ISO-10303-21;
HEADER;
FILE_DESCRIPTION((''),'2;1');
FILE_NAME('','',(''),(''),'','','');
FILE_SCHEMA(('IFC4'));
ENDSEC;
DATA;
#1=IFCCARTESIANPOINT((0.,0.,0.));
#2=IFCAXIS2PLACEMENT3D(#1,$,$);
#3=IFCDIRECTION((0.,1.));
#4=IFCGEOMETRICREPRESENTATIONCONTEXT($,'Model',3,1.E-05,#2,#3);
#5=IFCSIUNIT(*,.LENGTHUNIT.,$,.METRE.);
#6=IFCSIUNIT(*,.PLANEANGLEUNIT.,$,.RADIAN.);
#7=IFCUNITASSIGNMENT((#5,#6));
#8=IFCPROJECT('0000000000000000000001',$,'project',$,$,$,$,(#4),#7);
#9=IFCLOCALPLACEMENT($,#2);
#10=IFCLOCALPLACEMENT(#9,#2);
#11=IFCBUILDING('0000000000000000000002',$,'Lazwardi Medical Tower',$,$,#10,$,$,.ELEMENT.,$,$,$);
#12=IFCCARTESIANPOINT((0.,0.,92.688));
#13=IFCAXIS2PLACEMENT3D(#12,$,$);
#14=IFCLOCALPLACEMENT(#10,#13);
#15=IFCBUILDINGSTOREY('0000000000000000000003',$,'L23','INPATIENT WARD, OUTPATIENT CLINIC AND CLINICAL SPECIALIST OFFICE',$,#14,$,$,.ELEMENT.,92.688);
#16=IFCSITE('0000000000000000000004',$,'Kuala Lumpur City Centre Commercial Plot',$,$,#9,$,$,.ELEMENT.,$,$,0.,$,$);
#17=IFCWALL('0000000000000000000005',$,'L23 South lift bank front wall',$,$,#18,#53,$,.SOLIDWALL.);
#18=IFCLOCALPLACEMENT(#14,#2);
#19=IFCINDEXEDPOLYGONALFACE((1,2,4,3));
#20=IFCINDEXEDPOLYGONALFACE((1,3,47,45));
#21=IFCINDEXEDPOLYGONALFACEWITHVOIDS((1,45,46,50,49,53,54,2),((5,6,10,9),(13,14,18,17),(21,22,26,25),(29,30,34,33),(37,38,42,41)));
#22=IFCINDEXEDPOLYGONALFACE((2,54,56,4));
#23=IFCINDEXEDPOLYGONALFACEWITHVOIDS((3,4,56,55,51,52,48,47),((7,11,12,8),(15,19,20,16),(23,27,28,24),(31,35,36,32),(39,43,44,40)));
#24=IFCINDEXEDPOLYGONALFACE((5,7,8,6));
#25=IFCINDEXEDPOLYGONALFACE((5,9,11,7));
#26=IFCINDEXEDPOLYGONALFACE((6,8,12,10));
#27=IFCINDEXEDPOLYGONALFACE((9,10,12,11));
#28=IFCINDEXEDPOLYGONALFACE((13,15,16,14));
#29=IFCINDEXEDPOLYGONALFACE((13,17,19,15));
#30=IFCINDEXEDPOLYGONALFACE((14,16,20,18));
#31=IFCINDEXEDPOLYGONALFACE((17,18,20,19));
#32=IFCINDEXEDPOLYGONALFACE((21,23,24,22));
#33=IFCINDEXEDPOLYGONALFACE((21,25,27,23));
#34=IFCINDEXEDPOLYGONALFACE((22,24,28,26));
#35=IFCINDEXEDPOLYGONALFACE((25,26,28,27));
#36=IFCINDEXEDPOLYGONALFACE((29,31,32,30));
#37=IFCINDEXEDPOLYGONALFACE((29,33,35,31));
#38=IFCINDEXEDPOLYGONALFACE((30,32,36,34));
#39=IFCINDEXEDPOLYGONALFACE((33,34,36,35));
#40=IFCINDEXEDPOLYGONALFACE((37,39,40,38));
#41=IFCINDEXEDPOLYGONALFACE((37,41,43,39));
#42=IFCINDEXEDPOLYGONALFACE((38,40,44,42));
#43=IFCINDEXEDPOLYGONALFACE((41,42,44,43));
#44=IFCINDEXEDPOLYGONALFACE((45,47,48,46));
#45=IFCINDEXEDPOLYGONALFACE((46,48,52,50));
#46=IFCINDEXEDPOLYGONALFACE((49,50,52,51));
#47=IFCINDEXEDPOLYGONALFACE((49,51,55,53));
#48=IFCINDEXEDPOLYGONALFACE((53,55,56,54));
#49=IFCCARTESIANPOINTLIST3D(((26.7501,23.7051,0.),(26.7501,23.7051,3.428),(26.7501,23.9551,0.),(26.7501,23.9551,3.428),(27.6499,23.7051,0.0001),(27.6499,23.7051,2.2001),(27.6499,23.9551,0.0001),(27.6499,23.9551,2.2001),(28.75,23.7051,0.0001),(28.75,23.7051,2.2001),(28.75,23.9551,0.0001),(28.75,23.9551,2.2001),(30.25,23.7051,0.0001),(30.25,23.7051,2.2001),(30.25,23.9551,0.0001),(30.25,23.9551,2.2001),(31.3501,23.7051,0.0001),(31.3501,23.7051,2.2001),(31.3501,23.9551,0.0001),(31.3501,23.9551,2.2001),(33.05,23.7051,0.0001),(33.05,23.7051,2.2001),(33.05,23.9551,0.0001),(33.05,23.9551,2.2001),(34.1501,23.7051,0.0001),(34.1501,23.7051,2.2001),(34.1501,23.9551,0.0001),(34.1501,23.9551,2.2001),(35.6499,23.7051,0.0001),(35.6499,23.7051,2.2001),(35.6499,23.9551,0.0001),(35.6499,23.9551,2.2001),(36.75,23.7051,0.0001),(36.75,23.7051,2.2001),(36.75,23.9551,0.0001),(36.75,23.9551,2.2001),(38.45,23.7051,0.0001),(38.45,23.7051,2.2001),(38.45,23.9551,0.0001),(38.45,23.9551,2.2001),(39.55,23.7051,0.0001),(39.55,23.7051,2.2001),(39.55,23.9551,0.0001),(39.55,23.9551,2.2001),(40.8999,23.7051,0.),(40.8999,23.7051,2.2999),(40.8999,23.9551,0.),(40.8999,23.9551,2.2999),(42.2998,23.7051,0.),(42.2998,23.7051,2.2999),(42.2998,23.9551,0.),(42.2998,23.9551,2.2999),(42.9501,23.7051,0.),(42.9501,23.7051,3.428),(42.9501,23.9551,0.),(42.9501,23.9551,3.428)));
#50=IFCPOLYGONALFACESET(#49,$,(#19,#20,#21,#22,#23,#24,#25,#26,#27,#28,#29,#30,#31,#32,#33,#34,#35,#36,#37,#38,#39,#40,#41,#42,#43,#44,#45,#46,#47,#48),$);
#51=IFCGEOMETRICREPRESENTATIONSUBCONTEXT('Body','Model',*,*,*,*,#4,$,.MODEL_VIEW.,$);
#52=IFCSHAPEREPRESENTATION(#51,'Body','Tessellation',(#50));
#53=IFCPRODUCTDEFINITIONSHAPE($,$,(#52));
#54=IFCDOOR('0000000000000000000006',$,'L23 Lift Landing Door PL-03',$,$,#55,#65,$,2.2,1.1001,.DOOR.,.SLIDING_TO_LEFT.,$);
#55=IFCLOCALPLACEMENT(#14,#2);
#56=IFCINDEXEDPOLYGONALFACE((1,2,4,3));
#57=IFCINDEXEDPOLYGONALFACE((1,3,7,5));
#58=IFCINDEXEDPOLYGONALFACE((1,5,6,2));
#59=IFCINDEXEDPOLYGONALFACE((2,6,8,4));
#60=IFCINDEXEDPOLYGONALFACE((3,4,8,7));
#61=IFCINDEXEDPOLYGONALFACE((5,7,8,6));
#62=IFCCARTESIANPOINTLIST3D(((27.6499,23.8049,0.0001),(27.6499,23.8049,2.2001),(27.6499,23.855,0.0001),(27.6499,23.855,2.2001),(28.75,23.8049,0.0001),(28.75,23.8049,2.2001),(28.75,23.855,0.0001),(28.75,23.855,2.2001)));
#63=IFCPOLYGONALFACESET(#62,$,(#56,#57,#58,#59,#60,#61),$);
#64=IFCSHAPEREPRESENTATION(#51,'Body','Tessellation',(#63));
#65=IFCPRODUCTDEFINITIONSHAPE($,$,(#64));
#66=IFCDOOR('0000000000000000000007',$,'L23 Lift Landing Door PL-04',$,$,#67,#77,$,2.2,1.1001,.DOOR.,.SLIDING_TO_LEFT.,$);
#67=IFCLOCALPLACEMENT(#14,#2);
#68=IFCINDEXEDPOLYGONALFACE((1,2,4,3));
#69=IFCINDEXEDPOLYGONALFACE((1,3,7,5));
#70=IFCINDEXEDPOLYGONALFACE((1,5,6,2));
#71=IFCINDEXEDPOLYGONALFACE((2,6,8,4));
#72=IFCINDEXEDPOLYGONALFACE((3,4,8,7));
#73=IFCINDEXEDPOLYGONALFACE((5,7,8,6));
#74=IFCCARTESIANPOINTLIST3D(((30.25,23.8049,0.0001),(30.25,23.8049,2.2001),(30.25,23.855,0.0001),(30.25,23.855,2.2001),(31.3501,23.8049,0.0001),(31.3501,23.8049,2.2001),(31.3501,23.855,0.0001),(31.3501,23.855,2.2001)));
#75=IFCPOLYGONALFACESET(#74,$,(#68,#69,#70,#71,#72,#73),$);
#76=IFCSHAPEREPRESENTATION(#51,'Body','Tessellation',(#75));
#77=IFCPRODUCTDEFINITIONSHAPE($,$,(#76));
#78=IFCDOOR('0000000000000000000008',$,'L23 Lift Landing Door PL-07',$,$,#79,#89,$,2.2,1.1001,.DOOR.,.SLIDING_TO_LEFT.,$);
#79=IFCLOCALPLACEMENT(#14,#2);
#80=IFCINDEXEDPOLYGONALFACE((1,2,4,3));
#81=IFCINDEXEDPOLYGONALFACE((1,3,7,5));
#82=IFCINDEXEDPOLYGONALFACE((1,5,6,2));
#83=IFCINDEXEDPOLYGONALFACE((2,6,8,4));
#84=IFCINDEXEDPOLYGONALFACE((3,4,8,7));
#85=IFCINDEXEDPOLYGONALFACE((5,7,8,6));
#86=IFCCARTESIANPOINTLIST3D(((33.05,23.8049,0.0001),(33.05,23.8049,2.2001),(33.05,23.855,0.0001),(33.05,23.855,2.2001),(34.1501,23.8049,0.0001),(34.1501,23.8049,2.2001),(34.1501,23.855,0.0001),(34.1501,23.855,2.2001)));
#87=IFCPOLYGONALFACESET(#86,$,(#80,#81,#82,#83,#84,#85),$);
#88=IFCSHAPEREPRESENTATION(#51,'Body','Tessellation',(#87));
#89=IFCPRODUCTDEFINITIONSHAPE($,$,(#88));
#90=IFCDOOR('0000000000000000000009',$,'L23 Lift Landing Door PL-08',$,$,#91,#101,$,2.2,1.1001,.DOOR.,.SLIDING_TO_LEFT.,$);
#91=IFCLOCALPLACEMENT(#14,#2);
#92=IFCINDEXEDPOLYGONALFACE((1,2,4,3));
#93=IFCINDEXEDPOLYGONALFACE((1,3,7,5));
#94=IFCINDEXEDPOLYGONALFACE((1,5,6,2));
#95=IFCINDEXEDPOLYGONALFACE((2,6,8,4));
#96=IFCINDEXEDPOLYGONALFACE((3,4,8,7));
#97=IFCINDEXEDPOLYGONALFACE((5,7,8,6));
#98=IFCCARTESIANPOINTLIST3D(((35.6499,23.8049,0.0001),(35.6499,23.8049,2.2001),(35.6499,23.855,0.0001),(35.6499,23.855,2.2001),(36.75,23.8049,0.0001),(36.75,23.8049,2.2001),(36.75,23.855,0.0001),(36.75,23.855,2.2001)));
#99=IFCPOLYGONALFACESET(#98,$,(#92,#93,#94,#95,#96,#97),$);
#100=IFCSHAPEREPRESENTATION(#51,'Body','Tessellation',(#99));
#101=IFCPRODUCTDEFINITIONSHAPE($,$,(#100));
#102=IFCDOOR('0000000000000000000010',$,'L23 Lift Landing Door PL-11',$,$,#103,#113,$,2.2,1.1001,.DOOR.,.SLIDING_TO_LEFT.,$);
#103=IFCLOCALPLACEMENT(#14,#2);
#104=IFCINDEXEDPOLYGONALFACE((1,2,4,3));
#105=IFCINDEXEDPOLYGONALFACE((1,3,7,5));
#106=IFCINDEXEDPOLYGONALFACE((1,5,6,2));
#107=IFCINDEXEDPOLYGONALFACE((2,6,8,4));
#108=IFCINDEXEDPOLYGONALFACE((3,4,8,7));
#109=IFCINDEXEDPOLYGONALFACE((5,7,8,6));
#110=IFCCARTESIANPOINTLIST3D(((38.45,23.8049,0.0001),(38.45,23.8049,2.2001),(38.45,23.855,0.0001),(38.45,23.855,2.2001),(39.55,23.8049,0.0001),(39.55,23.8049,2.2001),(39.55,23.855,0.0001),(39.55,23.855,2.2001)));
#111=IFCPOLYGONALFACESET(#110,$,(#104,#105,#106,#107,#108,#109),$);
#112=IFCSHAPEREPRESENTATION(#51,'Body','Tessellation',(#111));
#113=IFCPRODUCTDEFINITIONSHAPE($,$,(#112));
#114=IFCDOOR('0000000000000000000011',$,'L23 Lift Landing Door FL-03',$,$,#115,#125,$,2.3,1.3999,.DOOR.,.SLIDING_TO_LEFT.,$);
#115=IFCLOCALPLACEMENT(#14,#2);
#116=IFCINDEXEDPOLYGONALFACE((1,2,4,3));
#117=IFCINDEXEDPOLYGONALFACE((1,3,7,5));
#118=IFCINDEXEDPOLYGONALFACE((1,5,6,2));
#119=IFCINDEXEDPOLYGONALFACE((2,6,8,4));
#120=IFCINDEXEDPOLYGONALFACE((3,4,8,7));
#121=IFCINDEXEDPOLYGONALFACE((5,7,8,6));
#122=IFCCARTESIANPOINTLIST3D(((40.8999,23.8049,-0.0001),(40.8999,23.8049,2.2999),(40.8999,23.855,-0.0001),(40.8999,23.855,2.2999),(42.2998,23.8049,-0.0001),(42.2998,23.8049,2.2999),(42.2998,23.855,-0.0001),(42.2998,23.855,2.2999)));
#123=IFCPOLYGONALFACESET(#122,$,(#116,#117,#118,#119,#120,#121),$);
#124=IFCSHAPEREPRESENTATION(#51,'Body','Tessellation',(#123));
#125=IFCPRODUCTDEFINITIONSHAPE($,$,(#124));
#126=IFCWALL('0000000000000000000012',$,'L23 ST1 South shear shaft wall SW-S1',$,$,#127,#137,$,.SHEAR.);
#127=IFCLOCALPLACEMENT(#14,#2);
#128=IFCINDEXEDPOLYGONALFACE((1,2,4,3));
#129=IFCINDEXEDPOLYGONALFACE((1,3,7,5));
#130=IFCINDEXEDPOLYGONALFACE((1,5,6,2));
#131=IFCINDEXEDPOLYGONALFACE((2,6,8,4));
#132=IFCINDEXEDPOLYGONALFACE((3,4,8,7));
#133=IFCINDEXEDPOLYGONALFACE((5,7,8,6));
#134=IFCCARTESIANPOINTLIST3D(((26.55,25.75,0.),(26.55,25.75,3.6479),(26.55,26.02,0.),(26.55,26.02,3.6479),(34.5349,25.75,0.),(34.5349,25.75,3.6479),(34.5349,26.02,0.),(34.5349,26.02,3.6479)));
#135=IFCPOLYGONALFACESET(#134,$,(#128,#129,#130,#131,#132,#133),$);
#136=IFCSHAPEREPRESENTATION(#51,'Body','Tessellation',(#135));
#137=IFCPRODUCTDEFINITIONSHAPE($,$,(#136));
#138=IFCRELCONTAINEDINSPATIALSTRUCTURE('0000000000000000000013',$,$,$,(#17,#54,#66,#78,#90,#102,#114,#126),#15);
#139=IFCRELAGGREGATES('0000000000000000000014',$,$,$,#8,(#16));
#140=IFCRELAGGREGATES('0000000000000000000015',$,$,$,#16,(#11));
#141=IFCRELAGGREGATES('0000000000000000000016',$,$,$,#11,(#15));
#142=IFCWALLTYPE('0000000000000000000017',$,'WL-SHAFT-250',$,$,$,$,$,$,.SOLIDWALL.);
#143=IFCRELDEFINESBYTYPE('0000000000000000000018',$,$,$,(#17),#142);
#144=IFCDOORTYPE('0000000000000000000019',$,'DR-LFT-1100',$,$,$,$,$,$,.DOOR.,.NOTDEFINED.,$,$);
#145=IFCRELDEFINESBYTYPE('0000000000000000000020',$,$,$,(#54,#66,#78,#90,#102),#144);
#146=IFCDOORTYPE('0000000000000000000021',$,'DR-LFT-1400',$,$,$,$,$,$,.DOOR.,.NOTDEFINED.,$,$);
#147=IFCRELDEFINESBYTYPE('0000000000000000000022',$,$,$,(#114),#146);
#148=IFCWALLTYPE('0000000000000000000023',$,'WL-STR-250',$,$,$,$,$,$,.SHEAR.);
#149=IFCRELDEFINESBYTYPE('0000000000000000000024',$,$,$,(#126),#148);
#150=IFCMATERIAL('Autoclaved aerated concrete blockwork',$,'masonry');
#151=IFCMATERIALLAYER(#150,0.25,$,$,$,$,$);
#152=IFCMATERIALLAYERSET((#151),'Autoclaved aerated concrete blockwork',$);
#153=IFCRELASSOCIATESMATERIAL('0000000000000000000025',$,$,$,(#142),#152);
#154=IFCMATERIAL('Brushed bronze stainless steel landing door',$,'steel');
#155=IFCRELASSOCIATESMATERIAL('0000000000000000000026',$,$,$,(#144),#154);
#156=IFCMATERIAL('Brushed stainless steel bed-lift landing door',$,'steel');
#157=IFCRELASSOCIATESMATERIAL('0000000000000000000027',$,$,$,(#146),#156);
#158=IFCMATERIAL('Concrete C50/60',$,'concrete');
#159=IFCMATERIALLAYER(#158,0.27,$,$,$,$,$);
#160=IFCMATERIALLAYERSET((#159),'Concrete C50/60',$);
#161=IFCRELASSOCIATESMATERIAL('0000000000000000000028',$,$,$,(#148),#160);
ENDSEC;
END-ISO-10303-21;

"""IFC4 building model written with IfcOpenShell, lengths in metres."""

from ifc_helpers import new_model, si_unit, direction, frame, frame_2d, origin, place, context, subcontext, project, spatial, rectangle, extrude, material, layer, layer_set, type_object, element, fill, save


model = new_model("IFC4")

# Units and contexts
model_context = context("Model", 3, precision=1e-05, world=origin(), true_north=direction((0.0, 1.0)))
body_context = subcontext(model_context, "Body", "Model", "MODEL_VIEW")
ifc_project = project(units=[si_unit("LENGTHUNIT", "METRE"), si_unit("PLANEANGLEUNIT", "RADIAN")], contexts=[model_context])

# Site, building, storey
site_placement = place(None, origin())
site = spatial("IfcSite", under=ifc_project, at=site_placement, Name="Kuala Lumpur City Centre Commercial Plot", CompositionType="ELEMENT", RefElevation=0.0)
building_placement = place(site_placement, origin())
building = spatial("IfcBuilding", under=site, at=building_placement, Name="Lazwardi Medical Tower", CompositionType="ELEMENT")
storey_placement = place(building_placement, frame((0.0, 0.0, 92.688)))
storey = spatial("IfcBuildingStorey", under=building, at=storey_placement, Name="L23", Description="INPATIENT WARD, OUTPATIENT CLINIC AND CLINICAL SPECIALIST OFFICE", CompositionType="ELEMENT", Elevation=92.688)

# Wall, openings, doors
ifc_material_1 = material(Name="Autoclaved aerated concrete blockwork", Category="masonry")
ifc_layer_1 = layer(ifc_material_1, 0.25)
ifc_layer_set_1 = layer_set([ifc_layer_1], Name="Autoclaved aerated concrete blockwork")
wall_type_1 = type_object("IfcWallType", Name="WL-SHAFT-250", PredefinedType="SOLIDWALL", material=ifc_layer_set_1)
wall_1_placement = place(storey_placement, frame((26.75, 23.8301, 0.0), z_axis=(0.0, 0.0, 1.0), x_axis=(1.0, 0.0, 0.0)))
wall_1 = element("IfcWall", 1, at=wall_1_placement, inside=storey, type_object=wall_type_1, Name="L23 South lift bank front wall", PredefinedType="SOLIDWALL", context=body_context, shape_type="SweptSolid", body=[
    extrude(rectangle(XDim=16.2, YDim=0.25, at=frame_2d((8.1001, 0.0))), origin(), (0.0, 0.0, 1.0), 3.428),
])
opening_1_placement = place(wall_1_placement, frame((0.8999, 0.0, 0.0)))
opening_1 = element("IfcOpeningElement", 2, at=opening_1_placement, cuts=wall_1, PredefinedType="OPENING", context=body_context, shape_type="SweptSolid", body=[
    extrude(rectangle(XDim=1.1001, YDim=2.2, at=frame_2d((0.55, 1.1001))), frame((0.0, 0.135, 0.0), z_axis=(0.0, -1.0, 0.0), x_axis=(1.0, 0.0, 0.0)), (0.0, 0.0, 1.0), 0.27),
])
opening_2_placement = place(wall_1_placement, frame((3.5, 0.0, 0.0)))
opening_2 = element("IfcOpeningElement", 3, at=opening_2_placement, cuts=wall_1, PredefinedType="OPENING", context=body_context, shape_type="SweptSolid", body=[
    extrude(rectangle(XDim=1.1001, YDim=2.2, at=frame_2d((0.55, 1.1001))), frame((0.0, 0.135, 0.0), z_axis=(0.0, -1.0, 0.0), x_axis=(1.0, 0.0, 0.0)), (0.0, 0.0, 1.0), 0.27),
])
opening_3_placement = place(wall_1_placement, frame((6.3, 0.0, 0.0)))
opening_3 = element("IfcOpeningElement", 4, at=opening_3_placement, cuts=wall_1, PredefinedType="OPENING", context=body_context, shape_type="SweptSolid", body=[
    extrude(rectangle(XDim=1.1001, YDim=2.2, at=frame_2d((0.55, 1.1001))), frame((0.0, 0.135, 0.0), z_axis=(0.0, -1.0, 0.0), x_axis=(1.0, 0.0, 0.0)), (0.0, 0.0, 1.0), 0.27),
])
opening_4_placement = place(wall_1_placement, frame((8.8999, 0.0, 0.0)))
opening_4 = element("IfcOpeningElement", 5, at=opening_4_placement, cuts=wall_1, PredefinedType="OPENING", context=body_context, shape_type="SweptSolid", body=[
    extrude(rectangle(XDim=1.1001, YDim=2.2, at=frame_2d((0.55, 1.1001))), frame((0.0, 0.135, 0.0), z_axis=(0.0, -1.0, 0.0), x_axis=(1.0, 0.0, 0.0)), (0.0, 0.0, 1.0), 0.27),
])
opening_5_placement = place(wall_1_placement, frame((11.7, 0.0, 0.0)))
opening_5 = element("IfcOpeningElement", 6, at=opening_5_placement, cuts=wall_1, PredefinedType="OPENING", context=body_context, shape_type="SweptSolid", body=[
    extrude(rectangle(XDim=1.1001, YDim=2.2, at=frame_2d((0.55, 1.1001))), frame((0.0, 0.135, 0.0), z_axis=(0.0, -1.0, 0.0), x_axis=(1.0, 0.0, 0.0)), (0.0, 0.0, 1.0), 0.27),
])
opening_6_placement = place(wall_1_placement, frame((14.1499, 0.0, 0.0)))
opening_6 = element("IfcOpeningElement", 7, at=opening_6_placement, cuts=wall_1, PredefinedType="OPENING", context=body_context, shape_type="SweptSolid", body=[
    extrude(rectangle(XDim=1.3999, YDim=2.3, at=frame_2d((0.7, 1.1499))), frame((0.0, 0.135, 0.0), z_axis=(0.0, -1.0, 0.0), x_axis=(1.0, 0.0, 0.0)), (0.0, 0.0, 1.0), 0.27),
])
ifc_material_2 = material(Name="Brushed bronze stainless steel landing door", Category="steel")
door_type_1 = type_object("IfcDoorType", Name="DR-LFT-1100", OperationType="NOTDEFINED", PredefinedType="DOOR", material=ifc_material_2)
door_1_placement = place(opening_1_placement, origin())
door_1 = element("IfcDoor", 8, at=door_1_placement, inside=storey, type_object=door_type_1, Name="L23 Lift Landing Door PL-03", OperationType="SLIDING_TO_LEFT", OverallHeight=2.2, OverallWidth=1.1001, PredefinedType="DOOR", context=body_context, shape_type="SweptSolid", body=[
    extrude(rectangle(XDim=1.1001, YDim=2.2, at=frame_2d((0.55, 1.1001))), frame((0.0, 0.0249, 0.0), z_axis=(0.0, -1.0, 0.0), x_axis=(1.0, 0.0, 0.0)), (0.0, 0.0, 1.0), 0.05),
])
fill(opening_1, door_1)
door_2_placement = place(opening_2_placement, origin())
door_2 = element("IfcDoor", 9, at=door_2_placement, inside=storey, type_object=door_type_1, Name="L23 Lift Landing Door PL-04", OperationType="SLIDING_TO_LEFT", OverallHeight=2.2, OverallWidth=1.1001, PredefinedType="DOOR", context=body_context, shape_type="SweptSolid", body=[
    extrude(rectangle(XDim=1.1001, YDim=2.2, at=frame_2d((0.55, 1.1001))), frame((0.0, 0.0249, 0.0), z_axis=(0.0, -1.0, 0.0), x_axis=(1.0, 0.0, 0.0)), (0.0, 0.0, 1.0), 0.05),
])
fill(opening_2, door_2)
door_3_placement = place(opening_3_placement, origin())
door_3 = element("IfcDoor", 10, at=door_3_placement, inside=storey, type_object=door_type_1, Name="L23 Lift Landing Door PL-07", OperationType="SLIDING_TO_LEFT", OverallHeight=2.2, OverallWidth=1.1001, PredefinedType="DOOR", context=body_context, shape_type="SweptSolid", body=[
    extrude(rectangle(XDim=1.1001, YDim=2.2, at=frame_2d((0.55, 1.1001))), frame((0.0, 0.0249, 0.0), z_axis=(0.0, -1.0, 0.0), x_axis=(1.0, 0.0, 0.0)), (0.0, 0.0, 1.0), 0.05),
])
fill(opening_3, door_3)
door_4_placement = place(opening_4_placement, origin())
door_4 = element("IfcDoor", 11, at=door_4_placement, inside=storey, type_object=door_type_1, Name="L23 Lift Landing Door PL-08", OperationType="SLIDING_TO_LEFT", OverallHeight=2.2, OverallWidth=1.1001, PredefinedType="DOOR", context=body_context, shape_type="SweptSolid", body=[
    extrude(rectangle(XDim=1.1001, YDim=2.2, at=frame_2d((0.55, 1.1001))), frame((0.0, 0.0249, 0.0), z_axis=(0.0, -1.0, 0.0), x_axis=(1.0, 0.0, 0.0)), (0.0, 0.0, 1.0), 0.05),
])
fill(opening_4, door_4)
door_5_placement = place(opening_5_placement, origin())
door_5 = element("IfcDoor", 12, at=door_5_placement, inside=storey, type_object=door_type_1, Name="L23 Lift Landing Door PL-11", OperationType="SLIDING_TO_LEFT", OverallHeight=2.2, OverallWidth=1.1001, PredefinedType="DOOR", context=body_context, shape_type="SweptSolid", body=[
    extrude(rectangle(XDim=1.1001, YDim=2.2, at=frame_2d((0.55, 1.1001))), frame((0.0, 0.0249, 0.0), z_axis=(0.0, -1.0, 0.0), x_axis=(1.0, 0.0, 0.0)), (0.0, 0.0, 1.0), 0.05),
])
fill(opening_5, door_5)
ifc_material_3 = material(Name="Brushed stainless steel bed-lift landing door", Category="steel")
door_type_2 = type_object("IfcDoorType", Name="DR-LFT-1400", OperationType="NOTDEFINED", PredefinedType="DOOR", material=ifc_material_3)
door_6_placement = place(opening_6_placement, origin())
door_6 = element("IfcDoor", 13, at=door_6_placement, inside=storey, type_object=door_type_2, Name="L23 Lift Landing Door FL-03", OperationType="SLIDING_TO_LEFT", OverallHeight=2.3, OverallWidth=1.3999, PredefinedType="DOOR", context=body_context, shape_type="SweptSolid", body=[
    extrude(rectangle(XDim=1.3999, YDim=2.3, at=frame_2d((0.7, 1.1499))), frame((0.0, 0.0249, 0.0), z_axis=(0.0, -1.0, 0.0), x_axis=(1.0, 0.0, 0.0)), (0.0, 0.0, 1.0), 0.05),
])
fill(opening_6, door_6)

# Wall
ifc_material_4 = material(Name="Concrete C50/60", Category="concrete")
ifc_layer_2 = layer(ifc_material_4, 0.27)
ifc_layer_set_2 = layer_set([ifc_layer_2], Name="Concrete C50/60")
wall_type_2 = type_object("IfcWallType", Name="WL-STR-250", PredefinedType="SHEAR", material=ifc_layer_set_2)
wall_2_placement = place(storey_placement, frame((26.55, 25.885, 0.0), z_axis=(0.0, 0.0, 1.0), x_axis=(1.0, 0.0, 0.0)))
element("IfcWall", 14, at=wall_2_placement, inside=storey, type_object=wall_type_2, Name="L23 ST1 South shear shaft wall SW-S1", PredefinedType="SHEAR", context=body_context, shape_type="SweptSolid", body=[
    extrude(rectangle(XDim=7.9849, YDim=0.27, at=frame_2d((3.9924, 0.0))), origin(), (0.0, 0.0, 1.0), 3.6479),
])

save(model, "model.ifc")
